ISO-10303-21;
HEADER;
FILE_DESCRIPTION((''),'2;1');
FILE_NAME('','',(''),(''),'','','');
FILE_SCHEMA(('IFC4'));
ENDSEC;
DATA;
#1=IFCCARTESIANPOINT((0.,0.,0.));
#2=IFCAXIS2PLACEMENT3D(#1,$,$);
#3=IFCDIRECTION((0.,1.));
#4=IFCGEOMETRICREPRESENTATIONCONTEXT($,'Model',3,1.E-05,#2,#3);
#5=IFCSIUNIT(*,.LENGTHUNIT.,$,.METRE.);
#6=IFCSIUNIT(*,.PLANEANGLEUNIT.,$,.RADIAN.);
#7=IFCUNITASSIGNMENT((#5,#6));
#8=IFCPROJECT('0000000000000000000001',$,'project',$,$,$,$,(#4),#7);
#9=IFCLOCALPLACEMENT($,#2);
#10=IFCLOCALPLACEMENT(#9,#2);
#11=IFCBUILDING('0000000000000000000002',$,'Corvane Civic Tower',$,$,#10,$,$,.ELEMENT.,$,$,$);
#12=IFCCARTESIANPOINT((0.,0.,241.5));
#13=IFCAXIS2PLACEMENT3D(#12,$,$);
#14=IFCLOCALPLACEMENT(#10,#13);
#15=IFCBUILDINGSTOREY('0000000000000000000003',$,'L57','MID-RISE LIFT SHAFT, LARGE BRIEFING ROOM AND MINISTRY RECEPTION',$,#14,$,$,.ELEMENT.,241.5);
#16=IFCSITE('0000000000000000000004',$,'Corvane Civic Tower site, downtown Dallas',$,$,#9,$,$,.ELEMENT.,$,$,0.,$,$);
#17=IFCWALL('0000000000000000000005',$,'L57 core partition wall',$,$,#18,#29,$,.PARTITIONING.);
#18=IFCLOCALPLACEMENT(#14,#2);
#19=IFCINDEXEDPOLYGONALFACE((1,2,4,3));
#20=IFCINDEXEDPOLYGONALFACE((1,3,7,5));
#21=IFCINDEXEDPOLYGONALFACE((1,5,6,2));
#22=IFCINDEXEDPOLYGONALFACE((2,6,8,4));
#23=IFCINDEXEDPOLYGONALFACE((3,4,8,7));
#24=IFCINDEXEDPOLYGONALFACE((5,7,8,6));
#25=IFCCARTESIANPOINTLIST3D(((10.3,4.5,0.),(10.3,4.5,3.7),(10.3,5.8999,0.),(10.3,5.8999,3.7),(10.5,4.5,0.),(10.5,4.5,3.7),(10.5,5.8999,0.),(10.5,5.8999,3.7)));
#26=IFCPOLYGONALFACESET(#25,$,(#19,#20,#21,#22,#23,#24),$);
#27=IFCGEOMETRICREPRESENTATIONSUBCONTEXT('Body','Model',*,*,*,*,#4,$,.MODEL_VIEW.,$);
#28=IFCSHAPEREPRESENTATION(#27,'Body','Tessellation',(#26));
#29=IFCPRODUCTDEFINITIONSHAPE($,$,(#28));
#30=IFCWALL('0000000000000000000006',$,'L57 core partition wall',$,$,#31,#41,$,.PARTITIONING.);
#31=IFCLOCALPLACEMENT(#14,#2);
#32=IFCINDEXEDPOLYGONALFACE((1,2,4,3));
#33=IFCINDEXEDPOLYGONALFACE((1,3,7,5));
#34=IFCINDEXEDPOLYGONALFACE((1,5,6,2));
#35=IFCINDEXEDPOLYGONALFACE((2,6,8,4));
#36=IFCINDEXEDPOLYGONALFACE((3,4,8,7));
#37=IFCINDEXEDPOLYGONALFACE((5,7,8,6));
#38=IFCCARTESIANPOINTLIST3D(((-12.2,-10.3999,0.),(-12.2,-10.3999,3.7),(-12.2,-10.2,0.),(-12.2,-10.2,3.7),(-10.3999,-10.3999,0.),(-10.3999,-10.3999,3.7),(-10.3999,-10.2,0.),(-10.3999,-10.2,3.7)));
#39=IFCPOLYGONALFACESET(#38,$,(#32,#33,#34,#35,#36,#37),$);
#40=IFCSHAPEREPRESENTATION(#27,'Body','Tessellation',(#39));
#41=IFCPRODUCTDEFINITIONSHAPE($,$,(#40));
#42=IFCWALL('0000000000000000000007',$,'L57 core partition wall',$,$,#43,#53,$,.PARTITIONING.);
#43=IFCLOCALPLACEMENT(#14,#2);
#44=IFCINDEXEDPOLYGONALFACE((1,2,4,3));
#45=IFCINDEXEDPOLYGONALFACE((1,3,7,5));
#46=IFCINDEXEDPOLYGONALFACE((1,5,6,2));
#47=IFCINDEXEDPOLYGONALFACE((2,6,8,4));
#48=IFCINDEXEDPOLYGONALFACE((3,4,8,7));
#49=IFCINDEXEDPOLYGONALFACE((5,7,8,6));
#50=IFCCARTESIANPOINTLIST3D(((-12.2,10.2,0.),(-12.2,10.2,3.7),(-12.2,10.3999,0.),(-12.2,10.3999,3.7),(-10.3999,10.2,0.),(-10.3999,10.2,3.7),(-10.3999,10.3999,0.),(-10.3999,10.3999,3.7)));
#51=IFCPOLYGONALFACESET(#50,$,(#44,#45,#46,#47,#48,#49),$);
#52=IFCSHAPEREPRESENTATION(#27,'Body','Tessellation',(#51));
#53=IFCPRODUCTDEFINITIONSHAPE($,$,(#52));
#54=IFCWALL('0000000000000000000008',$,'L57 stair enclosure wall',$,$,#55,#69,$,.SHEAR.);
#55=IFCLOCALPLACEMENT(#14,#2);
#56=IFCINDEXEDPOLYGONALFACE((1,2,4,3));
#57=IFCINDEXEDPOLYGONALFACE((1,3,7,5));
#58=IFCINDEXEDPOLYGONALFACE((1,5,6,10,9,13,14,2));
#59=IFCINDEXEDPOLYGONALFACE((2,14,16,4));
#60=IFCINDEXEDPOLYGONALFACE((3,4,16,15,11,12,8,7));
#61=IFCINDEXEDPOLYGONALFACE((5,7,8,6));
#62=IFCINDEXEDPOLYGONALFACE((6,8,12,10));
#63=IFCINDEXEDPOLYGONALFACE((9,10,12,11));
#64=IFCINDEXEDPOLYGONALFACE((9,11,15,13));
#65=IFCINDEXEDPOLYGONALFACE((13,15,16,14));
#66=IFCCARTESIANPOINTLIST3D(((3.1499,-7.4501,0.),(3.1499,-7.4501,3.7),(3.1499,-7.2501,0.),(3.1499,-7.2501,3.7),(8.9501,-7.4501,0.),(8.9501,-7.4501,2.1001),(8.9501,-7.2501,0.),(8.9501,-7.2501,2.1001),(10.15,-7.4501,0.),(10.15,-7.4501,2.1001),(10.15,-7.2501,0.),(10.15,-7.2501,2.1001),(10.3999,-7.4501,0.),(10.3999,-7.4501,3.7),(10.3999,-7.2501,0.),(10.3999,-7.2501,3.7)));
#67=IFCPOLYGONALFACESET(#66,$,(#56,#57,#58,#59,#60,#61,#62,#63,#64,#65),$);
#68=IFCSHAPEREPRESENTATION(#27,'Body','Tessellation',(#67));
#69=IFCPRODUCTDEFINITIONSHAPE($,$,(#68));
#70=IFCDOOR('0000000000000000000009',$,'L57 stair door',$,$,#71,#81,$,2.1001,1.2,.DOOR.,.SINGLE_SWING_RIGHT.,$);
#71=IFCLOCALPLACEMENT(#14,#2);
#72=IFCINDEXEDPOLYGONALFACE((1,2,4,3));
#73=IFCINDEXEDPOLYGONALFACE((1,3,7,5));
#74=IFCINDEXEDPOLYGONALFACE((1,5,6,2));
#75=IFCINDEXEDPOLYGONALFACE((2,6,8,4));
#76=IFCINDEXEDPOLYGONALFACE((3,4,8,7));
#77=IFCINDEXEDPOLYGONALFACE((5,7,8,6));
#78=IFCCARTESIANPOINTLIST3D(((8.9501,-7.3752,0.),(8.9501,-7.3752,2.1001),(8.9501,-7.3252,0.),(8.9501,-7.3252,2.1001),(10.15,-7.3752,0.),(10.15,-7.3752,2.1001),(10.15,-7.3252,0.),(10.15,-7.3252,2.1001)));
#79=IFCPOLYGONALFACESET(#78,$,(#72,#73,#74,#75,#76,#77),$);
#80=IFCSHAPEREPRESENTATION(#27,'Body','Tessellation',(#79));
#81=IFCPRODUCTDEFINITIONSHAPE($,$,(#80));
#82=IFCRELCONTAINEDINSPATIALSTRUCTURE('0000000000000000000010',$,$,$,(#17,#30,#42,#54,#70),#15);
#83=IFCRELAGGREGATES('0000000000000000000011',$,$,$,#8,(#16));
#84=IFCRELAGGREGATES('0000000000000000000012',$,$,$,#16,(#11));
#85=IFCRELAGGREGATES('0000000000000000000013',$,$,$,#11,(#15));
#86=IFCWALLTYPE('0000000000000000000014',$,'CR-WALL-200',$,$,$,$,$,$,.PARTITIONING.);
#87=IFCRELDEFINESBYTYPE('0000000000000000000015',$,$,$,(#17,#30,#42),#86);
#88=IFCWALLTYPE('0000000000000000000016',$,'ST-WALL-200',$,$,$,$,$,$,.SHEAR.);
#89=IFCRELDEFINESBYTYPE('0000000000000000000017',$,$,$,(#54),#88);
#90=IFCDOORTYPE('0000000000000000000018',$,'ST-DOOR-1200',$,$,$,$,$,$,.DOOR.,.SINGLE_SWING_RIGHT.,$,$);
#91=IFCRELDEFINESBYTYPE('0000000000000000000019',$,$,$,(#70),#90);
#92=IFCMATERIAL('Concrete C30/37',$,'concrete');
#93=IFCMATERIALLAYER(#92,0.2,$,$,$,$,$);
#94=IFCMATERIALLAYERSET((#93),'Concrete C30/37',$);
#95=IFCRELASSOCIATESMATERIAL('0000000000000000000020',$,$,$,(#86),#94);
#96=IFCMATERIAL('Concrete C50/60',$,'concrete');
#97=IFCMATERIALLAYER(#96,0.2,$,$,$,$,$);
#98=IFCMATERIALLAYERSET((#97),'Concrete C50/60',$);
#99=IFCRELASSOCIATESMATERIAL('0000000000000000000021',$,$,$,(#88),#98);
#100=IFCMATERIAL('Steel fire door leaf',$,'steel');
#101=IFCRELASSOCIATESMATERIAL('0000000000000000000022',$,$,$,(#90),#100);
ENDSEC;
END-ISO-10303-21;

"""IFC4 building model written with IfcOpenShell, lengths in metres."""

from ifc_helpers import new_model, si_unit, direction, frame, frame_2d, origin, place, context, subcontext, project, spatial, polyline, rectangle, outline, extrude, material, layer, layer_set, type_object, element, fill, save


model = new_model("IFC4")

# Units and contexts
model_context = context("Model", 3, precision=1e-05, world=origin(), true_north=direction((0.0, 1.0)))
body_context = subcontext(model_context, "Body", "Model", "MODEL_VIEW")
ifc_project = project(units=[si_unit("LENGTHUNIT", "METRE"), si_unit("PLANEANGLEUNIT", "RADIAN")], contexts=[model_context])

# Site, building, storey
site_placement = place(None, origin())
site = spatial("IfcSite", under=ifc_project, at=site_placement, Name="Corvane Civic Tower site, downtown Dallas", CompositionType="ELEMENT", RefElevation=0.0)
building_placement = place(site_placement, origin())
building = spatial("IfcBuilding", under=site, at=building_placement, Name="Corvane Civic Tower", CompositionType="ELEMENT")
storey_placement = place(building_placement, frame((0.0, 0.0, 241.5)))
storey = spatial("IfcBuildingStorey", under=building, at=storey_placement, Name="L57", Description="MID-RISE LIFT SHAFT, LARGE BRIEFING ROOM AND MINISTRY RECEPTION", CompositionType="ELEMENT", Elevation=241.5)

# Shared definitions
ifc_material_1 = material(Name="Concrete C30/37", Category="concrete")
ifc_layer_1 = layer(ifc_material_1, 0.2)
ifc_layer_set_1 = layer_set([ifc_layer_1], Name="Concrete C30/37")
wall_type_1 = type_object("IfcWallType", Name="CR-WALL-200", PredefinedType="PARTITIONING", material=ifc_layer_set_1)

# Walls
wall_1_placement = place(storey_placement, origin())
element("IfcWall", 1, at=wall_1_placement, inside=storey, type_object=wall_type_1, Name="L57 core partition wall", PredefinedType="PARTITIONING", context=body_context, shape_type="SweptSolid", body=[
    extrude(outline(polyline([(10.5, 4.5), (10.3, 4.5), (10.3, 5.8999), (10.5, 5.8999), (10.5, 4.5)])), origin(), (0.0, 0.0, 1.0), 3.7),
])
wall_2_placement = place(storey_placement, origin())
element("IfcWall", 2, at=wall_2_placement, inside=storey, type_object=wall_type_1, Name="L57 core partition wall", PredefinedType="PARTITIONING", context=body_context, shape_type="SweptSolid", body=[
    extrude(outline(polyline([(-10.3999, -10.3999), (-12.2, -10.3999), (-12.2, -10.2), (-10.3999, -10.2), (-10.3999, -10.3999)])), origin(), (0.0, 0.0, 1.0), 3.7),
])
wall_3_placement = place(storey_placement, origin())
element("IfcWall", 3, at=wall_3_placement, inside=storey, type_object=wall_type_1, Name="L57 core partition wall", PredefinedType="PARTITIONING", context=body_context, shape_type="SweptSolid", body=[
    extrude(outline(polyline([(-12.2, 10.2), (-12.2, 10.3999), (-10.3999, 10.3999), (-10.3999, 10.2), (-12.2, 10.2)])), origin(), (0.0, 0.0, 1.0), 3.7),
])

# Wall, opening, door
ifc_material_2 = material(Name="Concrete C50/60", Category="concrete")
ifc_layer_2 = layer(ifc_material_2, 0.2)
ifc_layer_set_2 = layer_set([ifc_layer_2], Name="Concrete C50/60")
wall_type_2 = type_object("IfcWallType", Name="ST-WALL-200", PredefinedType="SHEAR", material=ifc_layer_set_2)
wall_4_placement = place(storey_placement, frame((3.1499, -7.3501, 0.0), z_axis=(0.0, 0.0, 1.0), x_axis=(1.0, 0.0, 0.0)))
wall_4 = element("IfcWall", 4, at=wall_4_placement, inside=storey, type_object=wall_type_2, Name="L57 stair enclosure wall", PredefinedType="SHEAR", context=body_context, shape_type="SweptSolid", body=[
    extrude(rectangle(XDim=7.25, YDim=0.2, at=frame_2d((3.625, 0.0))), origin(), (0.0, 0.0, 1.0), 3.7),
])
opening_1_placement = place(wall_4_placement, frame((5.8, 0.0, 0.0)))
opening_1 = element("IfcOpeningElement", 5, at=opening_1_placement, cuts=wall_4, PredefinedType="OPENING", context=body_context, shape_type="SweptSolid", body=[
    extrude(rectangle(XDim=1.2, YDim=2.1001, at=frame_2d((0.6001, 1.05))), frame((0.0, 0.1099, 0.0), z_axis=(0.0, -1.0, 0.0), x_axis=(1.0, 0.0, 0.0)), (0.0, 0.0, 1.0), 0.22),
])
ifc_material_3 = material(Name="Steel fire door leaf", Category="steel")
door_type_1 = type_object("IfcDoorType", Name="ST-DOOR-1200", OperationType="SINGLE_SWING_RIGHT", PredefinedType="DOOR", material=ifc_material_3)
door_1_placement = place(opening_1_placement, origin())
door_1 = element("IfcDoor", 6, at=door_1_placement, inside=storey, type_object=door_type_1, Name="L57 stair door", OperationType="SINGLE_SWING_RIGHT", OverallHeight=2.1001, OverallWidth=1.2, PredefinedType="DOOR", context=body_context, shape_type="SweptSolid", body=[
    extrude(rectangle(XDim=1.2, YDim=2.1001, at=frame_2d((0.6001, 1.05))), frame((0.0, 0.0249, 0.0), z_axis=(0.0, -1.0, 0.0), x_axis=(1.0, 0.0, 0.0)), (0.0, 0.0, 1.0), 0.05),
])
fill(opening_1, door_1)

save(model, "model.ifc")
